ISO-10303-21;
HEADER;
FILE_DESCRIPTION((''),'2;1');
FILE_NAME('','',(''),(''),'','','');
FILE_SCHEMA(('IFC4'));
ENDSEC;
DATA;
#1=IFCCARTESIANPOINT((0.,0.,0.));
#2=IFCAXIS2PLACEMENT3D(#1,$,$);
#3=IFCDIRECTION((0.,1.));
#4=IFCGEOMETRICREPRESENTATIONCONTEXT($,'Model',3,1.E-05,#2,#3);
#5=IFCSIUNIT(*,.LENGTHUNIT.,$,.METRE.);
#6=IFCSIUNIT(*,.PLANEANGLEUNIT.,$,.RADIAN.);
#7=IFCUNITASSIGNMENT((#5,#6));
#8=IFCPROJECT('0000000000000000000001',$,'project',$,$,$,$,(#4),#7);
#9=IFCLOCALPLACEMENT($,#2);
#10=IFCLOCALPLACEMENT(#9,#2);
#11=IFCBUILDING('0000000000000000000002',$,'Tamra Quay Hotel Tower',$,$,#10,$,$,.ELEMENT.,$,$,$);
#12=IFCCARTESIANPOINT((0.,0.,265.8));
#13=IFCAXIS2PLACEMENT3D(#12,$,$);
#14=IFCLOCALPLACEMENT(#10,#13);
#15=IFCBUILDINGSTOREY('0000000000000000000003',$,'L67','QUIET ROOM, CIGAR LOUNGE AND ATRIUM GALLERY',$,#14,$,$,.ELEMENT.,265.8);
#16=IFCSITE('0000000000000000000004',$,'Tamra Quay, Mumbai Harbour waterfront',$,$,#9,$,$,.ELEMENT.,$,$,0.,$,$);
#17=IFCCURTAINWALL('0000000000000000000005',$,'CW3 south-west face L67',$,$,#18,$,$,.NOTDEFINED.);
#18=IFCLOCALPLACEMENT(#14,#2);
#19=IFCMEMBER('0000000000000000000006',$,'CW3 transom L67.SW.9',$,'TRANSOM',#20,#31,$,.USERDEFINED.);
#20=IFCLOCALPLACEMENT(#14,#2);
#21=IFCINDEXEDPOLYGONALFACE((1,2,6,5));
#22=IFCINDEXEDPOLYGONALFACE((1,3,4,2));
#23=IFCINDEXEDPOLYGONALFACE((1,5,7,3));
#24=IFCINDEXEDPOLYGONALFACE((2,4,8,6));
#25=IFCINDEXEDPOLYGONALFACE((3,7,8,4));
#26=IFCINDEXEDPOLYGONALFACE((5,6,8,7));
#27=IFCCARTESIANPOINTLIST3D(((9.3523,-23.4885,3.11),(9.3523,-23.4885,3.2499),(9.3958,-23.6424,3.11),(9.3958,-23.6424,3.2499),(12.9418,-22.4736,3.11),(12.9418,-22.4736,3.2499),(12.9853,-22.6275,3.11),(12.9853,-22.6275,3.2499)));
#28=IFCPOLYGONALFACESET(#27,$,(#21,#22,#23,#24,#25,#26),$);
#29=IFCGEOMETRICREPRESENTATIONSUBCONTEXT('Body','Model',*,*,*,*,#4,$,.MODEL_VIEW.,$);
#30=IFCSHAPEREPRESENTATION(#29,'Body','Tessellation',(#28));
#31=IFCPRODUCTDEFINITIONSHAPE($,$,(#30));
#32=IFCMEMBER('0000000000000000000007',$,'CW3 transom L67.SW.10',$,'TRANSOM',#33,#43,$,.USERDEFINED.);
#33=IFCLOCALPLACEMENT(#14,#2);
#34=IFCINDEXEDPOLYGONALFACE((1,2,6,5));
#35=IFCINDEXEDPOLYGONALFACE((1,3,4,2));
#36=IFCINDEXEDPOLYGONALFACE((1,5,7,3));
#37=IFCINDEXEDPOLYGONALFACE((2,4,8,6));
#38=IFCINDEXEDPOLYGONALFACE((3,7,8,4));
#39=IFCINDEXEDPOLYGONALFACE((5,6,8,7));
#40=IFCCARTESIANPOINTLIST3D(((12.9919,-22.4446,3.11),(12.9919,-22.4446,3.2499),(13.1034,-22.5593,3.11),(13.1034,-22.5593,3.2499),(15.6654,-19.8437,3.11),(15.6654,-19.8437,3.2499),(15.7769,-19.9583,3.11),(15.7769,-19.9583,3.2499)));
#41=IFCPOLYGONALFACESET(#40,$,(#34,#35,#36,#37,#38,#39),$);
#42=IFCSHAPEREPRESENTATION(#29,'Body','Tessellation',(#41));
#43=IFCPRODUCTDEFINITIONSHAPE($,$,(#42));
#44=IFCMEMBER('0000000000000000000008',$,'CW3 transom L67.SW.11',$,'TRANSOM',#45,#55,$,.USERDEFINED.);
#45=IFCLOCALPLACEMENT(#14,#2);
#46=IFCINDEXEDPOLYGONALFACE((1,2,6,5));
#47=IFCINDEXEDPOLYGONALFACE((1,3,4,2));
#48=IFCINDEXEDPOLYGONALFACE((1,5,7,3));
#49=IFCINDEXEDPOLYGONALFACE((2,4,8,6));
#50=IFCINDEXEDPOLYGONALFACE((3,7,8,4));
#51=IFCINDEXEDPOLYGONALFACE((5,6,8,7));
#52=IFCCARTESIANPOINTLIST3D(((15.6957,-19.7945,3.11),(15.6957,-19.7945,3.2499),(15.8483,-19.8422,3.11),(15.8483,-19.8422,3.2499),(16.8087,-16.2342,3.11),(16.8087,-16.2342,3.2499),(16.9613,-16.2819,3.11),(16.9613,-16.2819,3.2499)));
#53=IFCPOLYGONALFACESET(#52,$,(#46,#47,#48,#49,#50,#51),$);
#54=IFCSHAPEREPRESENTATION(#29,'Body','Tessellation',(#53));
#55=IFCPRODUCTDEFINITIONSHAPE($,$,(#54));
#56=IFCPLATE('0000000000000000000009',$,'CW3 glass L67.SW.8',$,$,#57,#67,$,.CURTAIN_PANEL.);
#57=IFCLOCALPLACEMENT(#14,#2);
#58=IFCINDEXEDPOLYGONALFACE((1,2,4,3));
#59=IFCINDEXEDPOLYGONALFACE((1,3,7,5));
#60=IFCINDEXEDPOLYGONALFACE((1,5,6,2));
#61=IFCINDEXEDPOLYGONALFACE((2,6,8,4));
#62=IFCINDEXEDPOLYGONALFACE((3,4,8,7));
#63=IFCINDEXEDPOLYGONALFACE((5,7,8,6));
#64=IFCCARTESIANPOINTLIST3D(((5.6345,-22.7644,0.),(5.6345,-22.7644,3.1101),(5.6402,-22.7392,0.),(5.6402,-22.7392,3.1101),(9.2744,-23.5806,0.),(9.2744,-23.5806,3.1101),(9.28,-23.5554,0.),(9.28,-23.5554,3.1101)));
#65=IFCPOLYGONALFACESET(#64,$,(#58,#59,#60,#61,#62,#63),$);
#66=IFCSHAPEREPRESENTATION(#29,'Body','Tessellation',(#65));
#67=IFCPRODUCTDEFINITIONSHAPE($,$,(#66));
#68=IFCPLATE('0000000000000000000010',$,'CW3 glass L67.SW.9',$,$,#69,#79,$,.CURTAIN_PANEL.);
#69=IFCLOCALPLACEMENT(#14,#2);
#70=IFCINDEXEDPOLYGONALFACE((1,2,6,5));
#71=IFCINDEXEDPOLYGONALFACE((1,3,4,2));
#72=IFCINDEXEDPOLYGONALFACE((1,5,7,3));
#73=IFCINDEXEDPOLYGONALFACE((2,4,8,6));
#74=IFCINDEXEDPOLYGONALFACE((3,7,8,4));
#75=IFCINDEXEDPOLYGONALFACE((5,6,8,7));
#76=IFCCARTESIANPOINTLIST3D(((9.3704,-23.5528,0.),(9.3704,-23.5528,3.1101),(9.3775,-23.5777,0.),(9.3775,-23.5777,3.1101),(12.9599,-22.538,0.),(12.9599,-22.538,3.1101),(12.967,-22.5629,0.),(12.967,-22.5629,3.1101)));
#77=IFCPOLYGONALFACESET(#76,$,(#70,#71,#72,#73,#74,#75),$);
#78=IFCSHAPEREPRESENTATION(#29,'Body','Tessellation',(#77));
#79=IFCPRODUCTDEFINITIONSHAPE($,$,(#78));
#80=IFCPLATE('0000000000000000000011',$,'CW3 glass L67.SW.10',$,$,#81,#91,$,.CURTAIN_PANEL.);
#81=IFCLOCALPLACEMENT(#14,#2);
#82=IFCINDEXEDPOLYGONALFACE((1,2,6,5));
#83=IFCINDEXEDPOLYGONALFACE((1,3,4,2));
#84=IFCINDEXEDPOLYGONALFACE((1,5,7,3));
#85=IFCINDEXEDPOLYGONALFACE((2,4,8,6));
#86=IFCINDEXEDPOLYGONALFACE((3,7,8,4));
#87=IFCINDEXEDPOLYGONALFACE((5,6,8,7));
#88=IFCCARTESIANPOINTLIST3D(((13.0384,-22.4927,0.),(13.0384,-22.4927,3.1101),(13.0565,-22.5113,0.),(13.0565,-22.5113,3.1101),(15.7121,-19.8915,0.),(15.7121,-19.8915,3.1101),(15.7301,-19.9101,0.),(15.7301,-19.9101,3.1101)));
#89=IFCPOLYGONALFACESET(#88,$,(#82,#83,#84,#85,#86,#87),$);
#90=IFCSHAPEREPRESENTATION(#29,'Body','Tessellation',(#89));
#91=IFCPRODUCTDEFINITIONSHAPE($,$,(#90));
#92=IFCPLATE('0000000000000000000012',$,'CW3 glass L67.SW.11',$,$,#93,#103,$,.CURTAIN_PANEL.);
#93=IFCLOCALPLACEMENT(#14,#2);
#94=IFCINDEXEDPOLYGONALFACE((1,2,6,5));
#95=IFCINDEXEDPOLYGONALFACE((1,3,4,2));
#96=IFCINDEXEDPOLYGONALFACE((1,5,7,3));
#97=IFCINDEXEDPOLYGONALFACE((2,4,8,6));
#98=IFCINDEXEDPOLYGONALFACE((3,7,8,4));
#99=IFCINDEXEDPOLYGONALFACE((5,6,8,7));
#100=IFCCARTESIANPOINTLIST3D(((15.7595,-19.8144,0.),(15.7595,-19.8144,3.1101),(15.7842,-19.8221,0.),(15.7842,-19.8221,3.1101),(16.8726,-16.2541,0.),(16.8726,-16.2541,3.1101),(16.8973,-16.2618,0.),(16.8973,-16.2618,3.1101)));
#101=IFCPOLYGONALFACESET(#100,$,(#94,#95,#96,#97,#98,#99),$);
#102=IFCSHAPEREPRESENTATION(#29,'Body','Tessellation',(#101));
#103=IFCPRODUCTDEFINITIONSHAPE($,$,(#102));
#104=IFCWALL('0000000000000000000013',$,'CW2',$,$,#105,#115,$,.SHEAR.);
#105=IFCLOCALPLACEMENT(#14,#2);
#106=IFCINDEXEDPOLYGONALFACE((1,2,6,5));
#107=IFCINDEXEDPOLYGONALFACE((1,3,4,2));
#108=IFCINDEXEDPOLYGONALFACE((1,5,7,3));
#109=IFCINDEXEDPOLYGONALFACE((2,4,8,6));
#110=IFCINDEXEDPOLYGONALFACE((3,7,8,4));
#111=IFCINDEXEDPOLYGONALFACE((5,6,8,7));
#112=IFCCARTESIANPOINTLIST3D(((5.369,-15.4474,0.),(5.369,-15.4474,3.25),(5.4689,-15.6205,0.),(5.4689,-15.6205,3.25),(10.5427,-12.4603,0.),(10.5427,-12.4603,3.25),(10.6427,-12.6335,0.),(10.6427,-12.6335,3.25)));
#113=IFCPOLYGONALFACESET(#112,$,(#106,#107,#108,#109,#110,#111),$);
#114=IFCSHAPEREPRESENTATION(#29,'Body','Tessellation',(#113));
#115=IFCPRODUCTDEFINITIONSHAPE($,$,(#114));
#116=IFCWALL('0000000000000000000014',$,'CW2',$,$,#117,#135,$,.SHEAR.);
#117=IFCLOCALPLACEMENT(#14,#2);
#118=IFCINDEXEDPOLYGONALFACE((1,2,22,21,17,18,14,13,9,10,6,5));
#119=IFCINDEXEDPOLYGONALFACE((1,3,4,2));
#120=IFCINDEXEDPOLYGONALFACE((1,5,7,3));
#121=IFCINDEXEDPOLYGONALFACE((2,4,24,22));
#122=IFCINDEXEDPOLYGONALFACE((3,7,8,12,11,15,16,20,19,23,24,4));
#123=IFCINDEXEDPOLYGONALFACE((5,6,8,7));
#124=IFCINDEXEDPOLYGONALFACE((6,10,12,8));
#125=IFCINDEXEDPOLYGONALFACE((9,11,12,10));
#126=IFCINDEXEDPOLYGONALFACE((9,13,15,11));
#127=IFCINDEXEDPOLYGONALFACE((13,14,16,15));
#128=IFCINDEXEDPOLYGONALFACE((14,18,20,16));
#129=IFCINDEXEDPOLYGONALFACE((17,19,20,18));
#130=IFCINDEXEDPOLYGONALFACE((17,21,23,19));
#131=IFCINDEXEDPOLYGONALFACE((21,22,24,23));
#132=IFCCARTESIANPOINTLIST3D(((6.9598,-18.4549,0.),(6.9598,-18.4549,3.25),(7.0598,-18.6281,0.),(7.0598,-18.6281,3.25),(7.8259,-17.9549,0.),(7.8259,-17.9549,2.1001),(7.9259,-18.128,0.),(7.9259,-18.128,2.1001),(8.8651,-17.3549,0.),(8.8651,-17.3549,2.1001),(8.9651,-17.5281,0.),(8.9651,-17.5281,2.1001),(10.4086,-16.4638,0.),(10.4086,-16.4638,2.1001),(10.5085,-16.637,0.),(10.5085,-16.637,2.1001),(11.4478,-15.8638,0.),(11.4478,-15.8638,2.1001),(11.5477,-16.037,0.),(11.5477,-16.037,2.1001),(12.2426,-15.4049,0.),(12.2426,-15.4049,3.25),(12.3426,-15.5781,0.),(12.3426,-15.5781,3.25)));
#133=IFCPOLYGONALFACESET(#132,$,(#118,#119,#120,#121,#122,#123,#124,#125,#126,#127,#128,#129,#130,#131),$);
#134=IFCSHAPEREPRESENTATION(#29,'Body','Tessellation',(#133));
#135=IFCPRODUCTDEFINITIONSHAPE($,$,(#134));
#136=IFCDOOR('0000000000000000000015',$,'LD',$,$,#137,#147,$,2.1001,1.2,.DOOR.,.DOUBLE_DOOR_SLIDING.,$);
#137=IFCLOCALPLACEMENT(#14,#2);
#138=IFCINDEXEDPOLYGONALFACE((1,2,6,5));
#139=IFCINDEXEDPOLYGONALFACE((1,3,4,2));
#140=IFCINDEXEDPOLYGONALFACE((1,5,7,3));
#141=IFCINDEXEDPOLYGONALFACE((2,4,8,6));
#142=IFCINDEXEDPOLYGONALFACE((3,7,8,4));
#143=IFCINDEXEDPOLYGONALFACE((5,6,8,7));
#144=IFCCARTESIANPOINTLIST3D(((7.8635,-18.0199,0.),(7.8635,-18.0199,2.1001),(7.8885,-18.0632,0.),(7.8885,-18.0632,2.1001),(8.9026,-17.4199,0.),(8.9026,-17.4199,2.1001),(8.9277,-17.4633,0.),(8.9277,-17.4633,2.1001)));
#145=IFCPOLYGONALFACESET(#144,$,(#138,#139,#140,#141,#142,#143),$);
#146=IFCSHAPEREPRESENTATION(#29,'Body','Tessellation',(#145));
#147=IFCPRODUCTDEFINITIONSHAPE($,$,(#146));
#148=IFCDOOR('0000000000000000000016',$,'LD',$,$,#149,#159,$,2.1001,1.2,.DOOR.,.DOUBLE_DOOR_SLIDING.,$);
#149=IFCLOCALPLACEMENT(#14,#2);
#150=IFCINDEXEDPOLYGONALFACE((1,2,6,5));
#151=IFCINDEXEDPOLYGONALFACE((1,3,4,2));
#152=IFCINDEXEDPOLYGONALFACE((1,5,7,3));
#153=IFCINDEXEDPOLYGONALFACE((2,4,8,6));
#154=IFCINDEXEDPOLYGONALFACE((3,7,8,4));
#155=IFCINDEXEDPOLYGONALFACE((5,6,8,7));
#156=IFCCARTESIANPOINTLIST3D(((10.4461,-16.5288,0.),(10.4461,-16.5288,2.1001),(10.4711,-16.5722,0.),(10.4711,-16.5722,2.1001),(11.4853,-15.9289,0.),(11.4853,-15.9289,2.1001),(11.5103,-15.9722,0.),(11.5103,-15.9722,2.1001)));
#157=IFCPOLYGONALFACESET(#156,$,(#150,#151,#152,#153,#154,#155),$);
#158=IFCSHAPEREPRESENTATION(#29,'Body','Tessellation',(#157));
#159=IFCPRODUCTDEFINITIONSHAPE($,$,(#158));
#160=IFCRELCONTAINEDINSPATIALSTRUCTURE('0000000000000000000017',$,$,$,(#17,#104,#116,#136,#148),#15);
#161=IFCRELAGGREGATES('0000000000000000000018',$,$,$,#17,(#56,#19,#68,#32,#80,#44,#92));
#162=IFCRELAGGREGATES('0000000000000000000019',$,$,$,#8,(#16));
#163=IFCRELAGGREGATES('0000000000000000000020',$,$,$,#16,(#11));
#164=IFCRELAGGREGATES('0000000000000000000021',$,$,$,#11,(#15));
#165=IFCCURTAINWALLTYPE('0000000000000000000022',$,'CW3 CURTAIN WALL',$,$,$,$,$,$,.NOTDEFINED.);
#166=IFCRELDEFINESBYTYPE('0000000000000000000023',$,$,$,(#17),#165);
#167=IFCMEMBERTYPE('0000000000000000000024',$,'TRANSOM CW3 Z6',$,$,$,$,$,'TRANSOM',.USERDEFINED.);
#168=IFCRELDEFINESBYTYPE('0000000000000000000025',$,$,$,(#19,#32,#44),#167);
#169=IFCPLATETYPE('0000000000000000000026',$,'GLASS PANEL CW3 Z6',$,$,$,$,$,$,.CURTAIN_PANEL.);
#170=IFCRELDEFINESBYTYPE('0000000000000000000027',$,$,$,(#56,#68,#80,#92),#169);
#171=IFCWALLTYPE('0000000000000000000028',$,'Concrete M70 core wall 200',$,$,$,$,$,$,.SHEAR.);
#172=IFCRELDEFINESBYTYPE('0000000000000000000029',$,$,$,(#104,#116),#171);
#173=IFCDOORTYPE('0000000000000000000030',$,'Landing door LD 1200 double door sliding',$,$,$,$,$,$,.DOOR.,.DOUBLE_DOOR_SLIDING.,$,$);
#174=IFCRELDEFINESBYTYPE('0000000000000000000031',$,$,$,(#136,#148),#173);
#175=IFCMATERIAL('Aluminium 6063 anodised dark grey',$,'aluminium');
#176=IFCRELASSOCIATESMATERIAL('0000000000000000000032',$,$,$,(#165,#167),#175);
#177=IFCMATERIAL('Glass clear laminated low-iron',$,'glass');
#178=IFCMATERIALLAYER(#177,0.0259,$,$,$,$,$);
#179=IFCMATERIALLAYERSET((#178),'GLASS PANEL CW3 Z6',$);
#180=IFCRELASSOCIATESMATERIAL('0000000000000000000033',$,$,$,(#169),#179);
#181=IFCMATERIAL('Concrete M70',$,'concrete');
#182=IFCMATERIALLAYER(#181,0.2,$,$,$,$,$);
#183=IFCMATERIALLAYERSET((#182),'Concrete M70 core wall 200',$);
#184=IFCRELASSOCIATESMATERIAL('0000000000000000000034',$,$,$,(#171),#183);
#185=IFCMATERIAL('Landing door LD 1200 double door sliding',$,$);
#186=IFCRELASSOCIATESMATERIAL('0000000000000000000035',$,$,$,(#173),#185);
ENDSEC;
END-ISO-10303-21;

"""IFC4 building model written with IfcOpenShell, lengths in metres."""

from ifc_helpers import new_model, si_unit, direction, frame, frame_2d, origin, origin_2d, place, context, subcontext, project, spatial, rectangle, extrude, material, layer, layer_set, material_profile, profile_set, type_object, element, fill, aggregate, save


model = new_model("IFC4")

# Units and contexts
model_context = context("Model", 3, precision=1e-05, world=origin(), true_north=direction((0.0, 1.0)))
body_context = subcontext(model_context, "Body", "Model", "MODEL_VIEW")
ifc_project = project(units=[si_unit("LENGTHUNIT", "METRE"), si_unit("PLANEANGLEUNIT", "RADIAN")], contexts=[model_context])

# Site, building, storey
site_placement = place(None, origin())
site = spatial("IfcSite", under=ifc_project, at=site_placement, Name="Tamra Quay, Mumbai Harbour waterfront", CompositionType="ELEMENT", RefElevation=0.0)
building_placement = place(site_placement, origin())
building = spatial("IfcBuilding", under=site, at=building_placement, Name="Tamra Quay Hotel Tower", CompositionType="ELEMENT")
storey_placement = place(building_placement, frame((0.0, 0.0, 265.8)))
storey = spatial("IfcBuildingStorey", under=building, at=storey_placement, Name="L67", Description="QUIET ROOM, CIGAR LOUNGE AND ATRIUM GALLERY", CompositionType="ELEMENT", Elevation=265.8)

# Shared definitions
ifc_material_1 = material(Name="Concrete M70", Category="concrete")

# Shared definitions
ifc_material_2 = material(Name="Aluminium 6063 anodised dark grey", Category="aluminium")

# Curtain wall
curtain_wall_type_1 = type_object("IfcCurtainWallType", Name="CW3 CURTAIN WALL", PredefinedType="NOTDEFINED", material=ifc_material_2)
curtain_wall_1_placement = place(storey_placement, origin())
curtain_wall_1 = element("IfcCurtainWall", 1, at=curtain_wall_1_placement, inside=storey, type_object=curtain_wall_type_1, Name="CW3 south-west face L67", PredefinedType="NOTDEFINED")

# Members
ifc_material_profile_1 = material_profile(ifc_material_2, rectangle(XDim=0.1599, YDim=0.1399, at=origin_2d()), Name="TRANSOM 160X140")
ifc_profile_set_1 = profile_set([ifc_material_profile_1], Name="Aluminium 6063 anodised dark grey")
member_type_1 = type_object("IfcMemberType", Name="TRANSOM CW3 Z6", ElementType="TRANSOM", PredefinedType="USERDEFINED", material=ifc_profile_set_1)
member_1_placement = place(storey_placement, frame((9.374, -23.5654, 3.1799), z_axis=(0.962278, 0.272066, 0.0), x_axis=(-0.272066, 0.962278, 0.0)))
member_1 = element("IfcMember", 2, at=member_1_placement, type_object=member_type_1, Name="CW3 transom L67.SW.9", ObjectType="TRANSOM", PredefinedType="USERDEFINED", context=body_context, shape_type="SweptSolid", body=[
    extrude(rectangle(XDim=0.1599, YDim=0.1399, at=origin_2d()), origin(), (0.0, 0.0, 1.0), 3.7302),
])
member_2_placement = place(storey_placement, frame((13.0476, -22.502, 3.1799), z_axis=(0.71676, 0.69732, 0.0), x_axis=(-0.69732, 0.71676, 0.0)))
member_2 = element("IfcMember", 3, at=member_2_placement, type_object=member_type_1, Name="CW3 transom L67.SW.10", ObjectType="TRANSOM", PredefinedType="USERDEFINED", context=body_context, shape_type="SweptSolid", body=[
    extrude(rectangle(XDim=0.1599, YDim=0.1399, at=origin_2d()), origin(), (0.0, 0.0, 1.0), 3.73),
])
member_3_placement = place(storey_placement, frame((15.772, -19.8184, 3.1799), z_axis=(0.298383, 0.954446, 0.0), x_axis=(-0.954446, 0.298383, 0.0)))
member_3 = element("IfcMember", 4, at=member_3_placement, type_object=member_type_1, Name="CW3 transom L67.SW.11", ObjectType="TRANSOM", PredefinedType="USERDEFINED", context=body_context, shape_type="SweptSolid", body=[
    extrude(rectangle(XDim=0.1599, YDim=0.1399, at=origin_2d()), origin(), (0.0, 0.0, 1.0), 3.7302),
])

# Plates
ifc_material_3 = material(Name="Glass clear laminated low-iron", Category="glass")
ifc_layer_1 = layer(ifc_material_3, 0.0259)
ifc_layer_set_1 = layer_set([ifc_layer_1], Name="GLASS PANEL CW3 Z6")
plate_type = type_object("IfcPlateType", Name="GLASS PANEL CW3 Z6", PredefinedType="CURTAIN_PANEL", material=ifc_layer_set_1)
plate_1_placement = place(storey_placement, frame((7.4573, -23.1599, 0.0), z_axis=(0.0, 0.0, 1.0), x_axis=(0.975768, -0.218806, 0.0)))
plate_1 = element("IfcPlate", 5, at=plate_1_placement, type_object=plate_type, Name="CW3 glass L67.SW.8", PredefinedType="CURTAIN_PANEL", context=body_context, shape_type="SweptSolid", body=[
    extrude(rectangle(XDim=3.7302, YDim=0.0259, at=origin_2d()), origin(), (0.0, 0.0, 1.0), 3.1101),
])
plate_2_placement = place(storey_placement, frame((11.1687, -23.0579, 0.0), z_axis=(0.0, 0.0, 1.0), x_axis=(0.96228, 0.272062, 0.0)))
plate_2 = element("IfcPlate", 6, at=plate_2_placement, type_object=plate_type, Name="CW3 glass L67.SW.9", PredefinedType="CURTAIN_PANEL", context=body_context, shape_type="SweptSolid", body=[
    extrude(rectangle(XDim=3.7302, YDim=0.0259, at=origin_2d()), origin(), (0.0, 0.0, 1.0), 3.1101),
])
plate_3_placement = place(storey_placement, frame((14.3843, -21.2014, 0.0), z_axis=(0.0, 0.0, 1.0), x_axis=(0.716753, 0.697327, 0.0)))
plate_3 = element("IfcPlate", 7, at=plate_3_placement, type_object=plate_type, Name="CW3 glass L67.SW.10", PredefinedType="CURTAIN_PANEL", context=body_context, shape_type="SweptSolid", body=[
    extrude(rectangle(XDim=3.7302, YDim=0.0259, at=origin_2d()), origin(), (0.0, 0.0, 1.0), 3.1101),
])
plate_4_placement = place(storey_placement, frame((16.3284, -18.0381, 0.0), z_axis=(0.0, 0.0, 1.0), x_axis=(0.298392, 0.954443, 0.0)))
plate_4 = element("IfcPlate", 8, at=plate_4_placement, type_object=plate_type, Name="CW3 glass L67.SW.11", PredefinedType="CURTAIN_PANEL", context=body_context, shape_type="SweptSolid", body=[
    extrude(rectangle(XDim=3.7302, YDim=0.0259, at=origin_2d()), origin(), (0.0, 0.0, 1.0), 3.1101),
])
aggregate(curtain_wall_1, [plate_1, member_1, plate_2, member_2, plate_3, member_3, plate_4])

# Wall
ifc_layer_2 = layer(ifc_material_1, 0.2)
ifc_layer_set_2 = layer_set([ifc_layer_2], Name="Concrete M70 core wall 200")
wall_type_1 = type_object("IfcWallType", Name="Concrete M70 core wall 200", PredefinedType="SHEAR", material=ifc_layer_set_2)
wall_1_placement = place(storey_placement, frame((5.4189, -15.5339, 0.0), z_axis=(0.0, 0.0, 1.0), x_axis=(0.866029, 0.499994, 0.0)))
element("IfcWall", 9, at=wall_1_placement, inside=storey, type_object=wall_type_1, Name="CW2", PredefinedType="SHEAR", context=body_context, shape_type="SweptSolid", body=[
    extrude(rectangle(XDim=5.9741, YDim=0.2, at=frame_2d((2.9871, 0.0))), origin(), (0.0, 0.0, 1.0), 3.25),
])

# Wall, openings, doors
wall_2_placement = place(storey_placement, frame((7.0098, -18.5415, 0.0), z_axis=(0.0, 0.0, 1.0), x_axis=(0.86603, 0.499992, 0.0)))
wall_2 = element("IfcWall", 10, at=wall_2_placement, inside=storey, type_object=wall_type_1, Name="CW2", PredefinedType="SHEAR", context=body_context, shape_type="SweptSolid", body=[
    extrude(rectangle(XDim=6.1001, YDim=0.2, at=frame_2d((3.05, 0.0))), origin(), (0.0, 0.0, 1.0), 3.25),
])
opening_1_placement = place(wall_2_placement, frame((1.0, 0.0, 0.0)))
opening_1 = element("IfcOpeningElement", 11, at=opening_1_placement, cuts=wall_2, PredefinedType="OPENING", context=body_context, shape_type="SweptSolid", body=[
    extrude(rectangle(XDim=1.2, YDim=2.1001, at=frame_2d((0.6001, 1.05))), frame((0.0, 0.1099, 0.0), z_axis=(0.0, -1.0, 0.0), x_axis=(1.0, 0.0, 0.0)), (0.0, 0.0, 1.0), 0.22),
])
opening_2_placement = place(wall_2_placement, frame((3.9822, 0.0, 0.0)))
opening_2 = element("IfcOpeningElement", 12, at=opening_2_placement, cuts=wall_2, PredefinedType="OPENING", context=body_context, shape_type="SweptSolid", body=[
    extrude(rectangle(XDim=1.2, YDim=2.1001, at=frame_2d((0.6001, 1.05))), frame((0.0, 0.1099, 0.0), z_axis=(0.0, -1.0, 0.0), x_axis=(1.0, 0.0, 0.0)), (0.0, 0.0, 1.0), 0.22),
])
ifc_material_4 = material(Name="Landing door LD 1200 double door sliding")
door_type_1 = type_object("IfcDoorType", Name="Landing door LD 1200 double door sliding", OperationType="DOUBLE_DOOR_SLIDING", PredefinedType="DOOR", material=ifc_material_4)
door_1_placement = place(opening_1_placement, origin())
door_1 = element("IfcDoor", 13, at=door_1_placement, inside=storey, type_object=door_type_1, Name="LD", OperationType="DOUBLE_DOOR_SLIDING", OverallHeight=2.1001, OverallWidth=1.2, PredefinedType="DOOR", context=body_context, shape_type="SweptSolid", body=[
    extrude(rectangle(XDim=1.2, YDim=2.1001, at=frame_2d((0.6001, 1.05))), frame((0.0, 0.0249, 0.0), z_axis=(0.0, -1.0, 0.0), x_axis=(1.0, 0.0, 0.0)), (0.0, 0.0, 1.0), 0.05),
])
fill(opening_1, door_1)
door_2_placement = place(opening_2_placement, origin())
door_2 = element("IfcDoor", 14, at=door_2_placement, inside=storey, type_object=door_type_1, Name="LD", OperationType="DOUBLE_DOOR_SLIDING", OverallHeight=2.1001, OverallWidth=1.2, PredefinedType="DOOR", context=body_context, shape_type="SweptSolid", body=[
    extrude(rectangle(XDim=1.2, YDim=2.1001, at=frame_2d((0.6001, 1.05))), frame((0.0, 0.0249, 0.0), z_axis=(0.0, -1.0, 0.0), x_axis=(1.0, 0.0, 0.0)), (0.0, 0.0, 1.0), 0.05),
])
fill(opening_2, door_2)

save(model, "model.ifc")
